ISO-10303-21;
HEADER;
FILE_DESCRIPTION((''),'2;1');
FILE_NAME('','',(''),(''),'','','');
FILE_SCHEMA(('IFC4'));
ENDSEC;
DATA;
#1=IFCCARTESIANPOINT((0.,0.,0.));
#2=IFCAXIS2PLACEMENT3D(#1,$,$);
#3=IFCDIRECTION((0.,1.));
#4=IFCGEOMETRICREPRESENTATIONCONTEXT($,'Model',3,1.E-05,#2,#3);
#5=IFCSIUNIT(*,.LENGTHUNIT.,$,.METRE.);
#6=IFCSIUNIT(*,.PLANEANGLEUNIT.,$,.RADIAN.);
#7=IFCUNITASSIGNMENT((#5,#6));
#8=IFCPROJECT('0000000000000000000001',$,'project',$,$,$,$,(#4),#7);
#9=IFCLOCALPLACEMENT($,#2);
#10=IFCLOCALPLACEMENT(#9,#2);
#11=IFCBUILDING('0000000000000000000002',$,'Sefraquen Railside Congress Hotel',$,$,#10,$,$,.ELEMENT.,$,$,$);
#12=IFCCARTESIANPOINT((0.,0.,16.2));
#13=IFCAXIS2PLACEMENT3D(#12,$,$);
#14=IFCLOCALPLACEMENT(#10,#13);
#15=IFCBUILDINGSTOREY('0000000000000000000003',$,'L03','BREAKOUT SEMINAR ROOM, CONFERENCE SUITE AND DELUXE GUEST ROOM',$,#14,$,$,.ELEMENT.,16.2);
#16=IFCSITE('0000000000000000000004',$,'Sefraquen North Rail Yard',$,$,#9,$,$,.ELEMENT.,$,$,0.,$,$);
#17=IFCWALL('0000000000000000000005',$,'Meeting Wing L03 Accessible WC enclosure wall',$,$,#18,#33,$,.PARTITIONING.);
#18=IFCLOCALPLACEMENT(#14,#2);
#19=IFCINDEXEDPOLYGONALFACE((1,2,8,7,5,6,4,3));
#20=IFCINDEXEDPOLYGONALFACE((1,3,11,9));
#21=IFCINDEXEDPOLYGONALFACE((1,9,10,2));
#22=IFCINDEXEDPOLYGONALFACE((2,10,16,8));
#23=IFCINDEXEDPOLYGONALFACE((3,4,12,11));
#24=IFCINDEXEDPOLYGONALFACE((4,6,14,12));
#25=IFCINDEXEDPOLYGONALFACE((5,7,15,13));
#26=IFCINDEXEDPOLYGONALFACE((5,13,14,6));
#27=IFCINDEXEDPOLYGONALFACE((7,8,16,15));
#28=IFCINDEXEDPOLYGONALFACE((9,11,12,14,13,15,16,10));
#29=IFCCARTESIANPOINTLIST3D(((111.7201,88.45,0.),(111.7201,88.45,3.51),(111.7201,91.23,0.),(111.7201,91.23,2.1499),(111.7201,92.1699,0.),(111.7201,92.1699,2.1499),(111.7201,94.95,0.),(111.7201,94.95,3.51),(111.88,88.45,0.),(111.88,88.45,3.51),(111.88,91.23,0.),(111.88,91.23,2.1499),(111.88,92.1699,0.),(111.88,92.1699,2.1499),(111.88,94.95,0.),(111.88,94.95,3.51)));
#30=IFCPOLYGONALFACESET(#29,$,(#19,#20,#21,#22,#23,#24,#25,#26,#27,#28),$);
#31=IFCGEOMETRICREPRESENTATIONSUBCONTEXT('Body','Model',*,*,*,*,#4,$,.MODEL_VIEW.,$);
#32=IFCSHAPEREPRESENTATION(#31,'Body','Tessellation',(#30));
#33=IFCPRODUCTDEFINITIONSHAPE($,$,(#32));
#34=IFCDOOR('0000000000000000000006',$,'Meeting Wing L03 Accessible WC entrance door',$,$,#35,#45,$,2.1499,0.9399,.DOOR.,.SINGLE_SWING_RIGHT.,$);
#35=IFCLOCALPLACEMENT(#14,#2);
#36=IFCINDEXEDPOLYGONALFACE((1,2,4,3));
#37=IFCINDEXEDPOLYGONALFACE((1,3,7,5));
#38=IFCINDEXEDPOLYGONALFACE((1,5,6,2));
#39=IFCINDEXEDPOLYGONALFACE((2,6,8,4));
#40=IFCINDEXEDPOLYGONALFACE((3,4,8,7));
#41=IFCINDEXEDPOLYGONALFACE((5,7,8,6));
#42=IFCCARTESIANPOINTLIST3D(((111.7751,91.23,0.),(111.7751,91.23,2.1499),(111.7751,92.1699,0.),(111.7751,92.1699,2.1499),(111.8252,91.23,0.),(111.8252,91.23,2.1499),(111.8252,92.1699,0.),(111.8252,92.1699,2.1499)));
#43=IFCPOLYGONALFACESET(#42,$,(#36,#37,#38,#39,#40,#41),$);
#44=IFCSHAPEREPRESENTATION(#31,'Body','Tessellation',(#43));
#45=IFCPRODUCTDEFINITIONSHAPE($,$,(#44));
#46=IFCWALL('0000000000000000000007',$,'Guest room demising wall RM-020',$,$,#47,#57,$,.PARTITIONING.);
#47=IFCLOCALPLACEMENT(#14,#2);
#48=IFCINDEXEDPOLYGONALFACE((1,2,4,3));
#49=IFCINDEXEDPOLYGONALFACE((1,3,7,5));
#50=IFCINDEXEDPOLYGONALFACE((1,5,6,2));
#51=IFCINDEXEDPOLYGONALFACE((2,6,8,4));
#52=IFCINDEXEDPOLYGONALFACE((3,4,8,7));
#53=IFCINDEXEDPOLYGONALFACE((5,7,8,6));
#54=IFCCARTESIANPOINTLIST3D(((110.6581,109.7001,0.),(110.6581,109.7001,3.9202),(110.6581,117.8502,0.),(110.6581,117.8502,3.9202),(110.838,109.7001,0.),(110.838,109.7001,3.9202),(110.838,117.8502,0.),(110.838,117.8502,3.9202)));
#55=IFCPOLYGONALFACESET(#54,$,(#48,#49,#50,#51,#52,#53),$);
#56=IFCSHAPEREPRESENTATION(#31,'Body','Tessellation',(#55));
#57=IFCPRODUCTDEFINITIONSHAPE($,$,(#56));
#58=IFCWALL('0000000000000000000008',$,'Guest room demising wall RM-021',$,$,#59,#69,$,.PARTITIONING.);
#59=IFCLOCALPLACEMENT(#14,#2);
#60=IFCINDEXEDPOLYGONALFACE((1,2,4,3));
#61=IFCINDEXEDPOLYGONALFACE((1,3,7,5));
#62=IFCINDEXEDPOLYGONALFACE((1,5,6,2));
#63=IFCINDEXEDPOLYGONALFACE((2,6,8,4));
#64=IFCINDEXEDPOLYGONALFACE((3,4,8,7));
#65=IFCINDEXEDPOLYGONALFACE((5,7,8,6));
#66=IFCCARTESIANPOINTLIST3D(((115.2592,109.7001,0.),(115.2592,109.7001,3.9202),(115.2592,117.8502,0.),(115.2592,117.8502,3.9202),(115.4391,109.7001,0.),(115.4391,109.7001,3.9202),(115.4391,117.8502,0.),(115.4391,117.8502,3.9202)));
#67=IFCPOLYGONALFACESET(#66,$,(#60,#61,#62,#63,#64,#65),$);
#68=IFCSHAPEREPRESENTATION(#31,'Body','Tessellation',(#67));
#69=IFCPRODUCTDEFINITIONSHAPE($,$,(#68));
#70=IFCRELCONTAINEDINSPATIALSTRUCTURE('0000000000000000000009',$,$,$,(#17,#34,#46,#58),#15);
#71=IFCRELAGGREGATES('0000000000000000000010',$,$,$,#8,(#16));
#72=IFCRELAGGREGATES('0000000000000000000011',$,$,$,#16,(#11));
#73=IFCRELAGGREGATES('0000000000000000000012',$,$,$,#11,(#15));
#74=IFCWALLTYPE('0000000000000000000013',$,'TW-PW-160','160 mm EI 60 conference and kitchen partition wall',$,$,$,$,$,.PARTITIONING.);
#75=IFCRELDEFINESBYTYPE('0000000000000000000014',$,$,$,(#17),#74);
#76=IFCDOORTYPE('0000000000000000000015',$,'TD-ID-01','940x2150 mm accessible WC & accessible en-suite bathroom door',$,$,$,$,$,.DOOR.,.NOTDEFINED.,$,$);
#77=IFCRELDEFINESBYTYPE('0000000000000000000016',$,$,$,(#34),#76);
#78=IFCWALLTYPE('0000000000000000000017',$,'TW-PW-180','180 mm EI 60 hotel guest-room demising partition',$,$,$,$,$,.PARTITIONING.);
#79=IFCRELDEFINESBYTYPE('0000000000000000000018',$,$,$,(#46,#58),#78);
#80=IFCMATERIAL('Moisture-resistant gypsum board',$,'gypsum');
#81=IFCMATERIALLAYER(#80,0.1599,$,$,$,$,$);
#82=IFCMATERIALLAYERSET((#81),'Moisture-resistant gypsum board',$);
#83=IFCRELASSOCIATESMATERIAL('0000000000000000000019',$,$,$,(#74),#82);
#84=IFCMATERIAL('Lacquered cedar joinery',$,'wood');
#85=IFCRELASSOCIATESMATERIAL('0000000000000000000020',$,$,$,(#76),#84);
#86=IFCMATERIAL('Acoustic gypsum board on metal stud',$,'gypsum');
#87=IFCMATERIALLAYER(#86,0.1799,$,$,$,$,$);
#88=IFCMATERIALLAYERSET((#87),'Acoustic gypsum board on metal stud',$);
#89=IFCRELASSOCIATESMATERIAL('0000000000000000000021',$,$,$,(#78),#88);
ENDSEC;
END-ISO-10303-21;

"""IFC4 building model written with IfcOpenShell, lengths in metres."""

from ifc_helpers import new_model, si_unit, direction, frame, frame_2d, origin, place, context, subcontext, project, spatial, rectangle, extrude, material, layer, layer_set, type_object, element, fill, save


model = new_model("IFC4")

# Units and contexts
model_context = context("Model", 3, precision=1e-05, world=origin(), true_north=direction((0.0, 1.0)))
body_context = subcontext(model_context, "Body", "Model", "MODEL_VIEW")
ifc_project = project(units=[si_unit("LENGTHUNIT", "METRE"), si_unit("PLANEANGLEUNIT", "RADIAN")], contexts=[model_context])

# Site, building, storey
site_placement = place(None, origin())
site = spatial("IfcSite", under=ifc_project, at=site_placement, Name="Sefraquen North Rail Yard", CompositionType="ELEMENT", RefElevation=0.0)
building_placement = place(site_placement, origin())
building = spatial("IfcBuilding", under=site, at=building_placement, Name="Sefraquen Railside Congress Hotel", CompositionType="ELEMENT")
storey_placement = place(building_placement, frame((0.0, 0.0, 16.2)))
storey = spatial("IfcBuildingStorey", under=building, at=storey_placement, Name="L03", Description="BREAKOUT SEMINAR ROOM, CONFERENCE SUITE AND DELUXE GUEST ROOM", CompositionType="ELEMENT", Elevation=16.2)

# Shared definitions
ifc_material_1 = material(Name="Moisture-resistant gypsum board", Category="gypsum")

# Wall, opening, door
ifc_material_2 = material(Name="Lacquered cedar joinery", Category="wood")
ifc_layer_1 = layer(ifc_material_1, 0.1599)
ifc_layer_set_1 = layer_set([ifc_layer_1], Name="Moisture-resistant gypsum board")
wall_type_1 = type_object("IfcWallType", Name="TW-PW-160", Description="160 mm EI 60 conference and kitchen partition wall", PredefinedType="PARTITIONING", material=ifc_layer_set_1)
wall_1_placement = place(storey_placement, frame((111.8, 88.45, 0.0), z_axis=(0.0, 0.0, 1.0), x_axis=(0.0, 1.0, 0.0)))
wall_1 = element("IfcWall", 1, at=wall_1_placement, inside=storey, type_object=wall_type_1, Name="Meeting Wing L03 Accessible WC enclosure wall", PredefinedType="PARTITIONING", context=body_context, shape_type="SweptSolid", body=[
    extrude(rectangle(XDim=6.5, YDim=0.1599, at=frame_2d((3.25, 0.0))), origin(), (0.0, 0.0, 1.0), 3.51),
])
opening_1_placement = place(wall_1_placement, frame((2.78, 0.0, 0.0)))
opening_1 = element("IfcOpeningElement", 2, at=opening_1_placement, cuts=wall_1, PredefinedType="OPENING", context=body_context, shape_type="SweptSolid", body=[
    extrude(rectangle(XDim=0.9399, YDim=2.1499, at=frame_2d((0.47, 1.075))), frame((0.0, 0.0898, 0.0), z_axis=(0.0, -1.0, 0.0), x_axis=(1.0, 0.0, 0.0)), (0.0, 0.0, 1.0), 0.1799),
])
door_type_1 = type_object("IfcDoorType", Name="TD-ID-01", Description="940x2150 mm accessible WC & accessible en-suite bathroom door", OperationType="NOTDEFINED", PredefinedType="DOOR", material=ifc_material_2)
door_1_placement = place(opening_1_placement, origin())
door_1 = element("IfcDoor", 3, at=door_1_placement, inside=storey, type_object=door_type_1, Name="Meeting Wing L03 Accessible WC entrance door", OperationType="SINGLE_SWING_RIGHT", OverallHeight=2.1499, OverallWidth=0.9399, PredefinedType="DOOR", context=body_context, shape_type="SweptSolid", body=[
    extrude(rectangle(XDim=0.9399, YDim=2.1499, at=frame_2d((0.47, 1.075))), frame((0.0, 0.0249, 0.0), z_axis=(0.0, -1.0, 0.0), x_axis=(1.0, 0.0, 0.0)), (0.0, 0.0, 1.0), 0.05),
])
fill(opening_1, door_1)

# Walls
ifc_material_3 = material(Name="Acoustic gypsum board on metal stud", Category="gypsum")
ifc_layer_2 = layer(ifc_material_3, 0.1799)
ifc_layer_set_2 = layer_set([ifc_layer_2], Name="Acoustic gypsum board on metal stud")
wall_type_2 = type_object("IfcWallType", Name="TW-PW-180", Description="180 mm EI 60 hotel guest-room demising partition", PredefinedType="PARTITIONING", material=ifc_layer_set_2)
for number, where, z_axis, x_axis, name in (
    (4, (110.748, 109.7, 0.0), (0.0, 0.0, 1.0), (0.0, 1.0, 0.0), "Guest room demising wall RM-020"),
    (5, (115.3491, 109.7, 0.0), (0.0, 0.0, 1.0), (0.0, 1.0, 0.0), "Guest room demising wall RM-021"),
):
    element("IfcWall", number, at=place(storey_placement, frame(where, z_axis=z_axis, x_axis=x_axis)), inside=storey, type_object=wall_type_2, Name=name, PredefinedType="PARTITIONING", context=body_context, shape_type="SweptSolid", body=[
        extrude(rectangle(XDim=8.1501, YDim=0.1799, at=frame_2d((4.0752, 0.0))), origin(), (0.0, 0.0, 1.0), 3.9202),
    ])

save(model, "model.ifc")
